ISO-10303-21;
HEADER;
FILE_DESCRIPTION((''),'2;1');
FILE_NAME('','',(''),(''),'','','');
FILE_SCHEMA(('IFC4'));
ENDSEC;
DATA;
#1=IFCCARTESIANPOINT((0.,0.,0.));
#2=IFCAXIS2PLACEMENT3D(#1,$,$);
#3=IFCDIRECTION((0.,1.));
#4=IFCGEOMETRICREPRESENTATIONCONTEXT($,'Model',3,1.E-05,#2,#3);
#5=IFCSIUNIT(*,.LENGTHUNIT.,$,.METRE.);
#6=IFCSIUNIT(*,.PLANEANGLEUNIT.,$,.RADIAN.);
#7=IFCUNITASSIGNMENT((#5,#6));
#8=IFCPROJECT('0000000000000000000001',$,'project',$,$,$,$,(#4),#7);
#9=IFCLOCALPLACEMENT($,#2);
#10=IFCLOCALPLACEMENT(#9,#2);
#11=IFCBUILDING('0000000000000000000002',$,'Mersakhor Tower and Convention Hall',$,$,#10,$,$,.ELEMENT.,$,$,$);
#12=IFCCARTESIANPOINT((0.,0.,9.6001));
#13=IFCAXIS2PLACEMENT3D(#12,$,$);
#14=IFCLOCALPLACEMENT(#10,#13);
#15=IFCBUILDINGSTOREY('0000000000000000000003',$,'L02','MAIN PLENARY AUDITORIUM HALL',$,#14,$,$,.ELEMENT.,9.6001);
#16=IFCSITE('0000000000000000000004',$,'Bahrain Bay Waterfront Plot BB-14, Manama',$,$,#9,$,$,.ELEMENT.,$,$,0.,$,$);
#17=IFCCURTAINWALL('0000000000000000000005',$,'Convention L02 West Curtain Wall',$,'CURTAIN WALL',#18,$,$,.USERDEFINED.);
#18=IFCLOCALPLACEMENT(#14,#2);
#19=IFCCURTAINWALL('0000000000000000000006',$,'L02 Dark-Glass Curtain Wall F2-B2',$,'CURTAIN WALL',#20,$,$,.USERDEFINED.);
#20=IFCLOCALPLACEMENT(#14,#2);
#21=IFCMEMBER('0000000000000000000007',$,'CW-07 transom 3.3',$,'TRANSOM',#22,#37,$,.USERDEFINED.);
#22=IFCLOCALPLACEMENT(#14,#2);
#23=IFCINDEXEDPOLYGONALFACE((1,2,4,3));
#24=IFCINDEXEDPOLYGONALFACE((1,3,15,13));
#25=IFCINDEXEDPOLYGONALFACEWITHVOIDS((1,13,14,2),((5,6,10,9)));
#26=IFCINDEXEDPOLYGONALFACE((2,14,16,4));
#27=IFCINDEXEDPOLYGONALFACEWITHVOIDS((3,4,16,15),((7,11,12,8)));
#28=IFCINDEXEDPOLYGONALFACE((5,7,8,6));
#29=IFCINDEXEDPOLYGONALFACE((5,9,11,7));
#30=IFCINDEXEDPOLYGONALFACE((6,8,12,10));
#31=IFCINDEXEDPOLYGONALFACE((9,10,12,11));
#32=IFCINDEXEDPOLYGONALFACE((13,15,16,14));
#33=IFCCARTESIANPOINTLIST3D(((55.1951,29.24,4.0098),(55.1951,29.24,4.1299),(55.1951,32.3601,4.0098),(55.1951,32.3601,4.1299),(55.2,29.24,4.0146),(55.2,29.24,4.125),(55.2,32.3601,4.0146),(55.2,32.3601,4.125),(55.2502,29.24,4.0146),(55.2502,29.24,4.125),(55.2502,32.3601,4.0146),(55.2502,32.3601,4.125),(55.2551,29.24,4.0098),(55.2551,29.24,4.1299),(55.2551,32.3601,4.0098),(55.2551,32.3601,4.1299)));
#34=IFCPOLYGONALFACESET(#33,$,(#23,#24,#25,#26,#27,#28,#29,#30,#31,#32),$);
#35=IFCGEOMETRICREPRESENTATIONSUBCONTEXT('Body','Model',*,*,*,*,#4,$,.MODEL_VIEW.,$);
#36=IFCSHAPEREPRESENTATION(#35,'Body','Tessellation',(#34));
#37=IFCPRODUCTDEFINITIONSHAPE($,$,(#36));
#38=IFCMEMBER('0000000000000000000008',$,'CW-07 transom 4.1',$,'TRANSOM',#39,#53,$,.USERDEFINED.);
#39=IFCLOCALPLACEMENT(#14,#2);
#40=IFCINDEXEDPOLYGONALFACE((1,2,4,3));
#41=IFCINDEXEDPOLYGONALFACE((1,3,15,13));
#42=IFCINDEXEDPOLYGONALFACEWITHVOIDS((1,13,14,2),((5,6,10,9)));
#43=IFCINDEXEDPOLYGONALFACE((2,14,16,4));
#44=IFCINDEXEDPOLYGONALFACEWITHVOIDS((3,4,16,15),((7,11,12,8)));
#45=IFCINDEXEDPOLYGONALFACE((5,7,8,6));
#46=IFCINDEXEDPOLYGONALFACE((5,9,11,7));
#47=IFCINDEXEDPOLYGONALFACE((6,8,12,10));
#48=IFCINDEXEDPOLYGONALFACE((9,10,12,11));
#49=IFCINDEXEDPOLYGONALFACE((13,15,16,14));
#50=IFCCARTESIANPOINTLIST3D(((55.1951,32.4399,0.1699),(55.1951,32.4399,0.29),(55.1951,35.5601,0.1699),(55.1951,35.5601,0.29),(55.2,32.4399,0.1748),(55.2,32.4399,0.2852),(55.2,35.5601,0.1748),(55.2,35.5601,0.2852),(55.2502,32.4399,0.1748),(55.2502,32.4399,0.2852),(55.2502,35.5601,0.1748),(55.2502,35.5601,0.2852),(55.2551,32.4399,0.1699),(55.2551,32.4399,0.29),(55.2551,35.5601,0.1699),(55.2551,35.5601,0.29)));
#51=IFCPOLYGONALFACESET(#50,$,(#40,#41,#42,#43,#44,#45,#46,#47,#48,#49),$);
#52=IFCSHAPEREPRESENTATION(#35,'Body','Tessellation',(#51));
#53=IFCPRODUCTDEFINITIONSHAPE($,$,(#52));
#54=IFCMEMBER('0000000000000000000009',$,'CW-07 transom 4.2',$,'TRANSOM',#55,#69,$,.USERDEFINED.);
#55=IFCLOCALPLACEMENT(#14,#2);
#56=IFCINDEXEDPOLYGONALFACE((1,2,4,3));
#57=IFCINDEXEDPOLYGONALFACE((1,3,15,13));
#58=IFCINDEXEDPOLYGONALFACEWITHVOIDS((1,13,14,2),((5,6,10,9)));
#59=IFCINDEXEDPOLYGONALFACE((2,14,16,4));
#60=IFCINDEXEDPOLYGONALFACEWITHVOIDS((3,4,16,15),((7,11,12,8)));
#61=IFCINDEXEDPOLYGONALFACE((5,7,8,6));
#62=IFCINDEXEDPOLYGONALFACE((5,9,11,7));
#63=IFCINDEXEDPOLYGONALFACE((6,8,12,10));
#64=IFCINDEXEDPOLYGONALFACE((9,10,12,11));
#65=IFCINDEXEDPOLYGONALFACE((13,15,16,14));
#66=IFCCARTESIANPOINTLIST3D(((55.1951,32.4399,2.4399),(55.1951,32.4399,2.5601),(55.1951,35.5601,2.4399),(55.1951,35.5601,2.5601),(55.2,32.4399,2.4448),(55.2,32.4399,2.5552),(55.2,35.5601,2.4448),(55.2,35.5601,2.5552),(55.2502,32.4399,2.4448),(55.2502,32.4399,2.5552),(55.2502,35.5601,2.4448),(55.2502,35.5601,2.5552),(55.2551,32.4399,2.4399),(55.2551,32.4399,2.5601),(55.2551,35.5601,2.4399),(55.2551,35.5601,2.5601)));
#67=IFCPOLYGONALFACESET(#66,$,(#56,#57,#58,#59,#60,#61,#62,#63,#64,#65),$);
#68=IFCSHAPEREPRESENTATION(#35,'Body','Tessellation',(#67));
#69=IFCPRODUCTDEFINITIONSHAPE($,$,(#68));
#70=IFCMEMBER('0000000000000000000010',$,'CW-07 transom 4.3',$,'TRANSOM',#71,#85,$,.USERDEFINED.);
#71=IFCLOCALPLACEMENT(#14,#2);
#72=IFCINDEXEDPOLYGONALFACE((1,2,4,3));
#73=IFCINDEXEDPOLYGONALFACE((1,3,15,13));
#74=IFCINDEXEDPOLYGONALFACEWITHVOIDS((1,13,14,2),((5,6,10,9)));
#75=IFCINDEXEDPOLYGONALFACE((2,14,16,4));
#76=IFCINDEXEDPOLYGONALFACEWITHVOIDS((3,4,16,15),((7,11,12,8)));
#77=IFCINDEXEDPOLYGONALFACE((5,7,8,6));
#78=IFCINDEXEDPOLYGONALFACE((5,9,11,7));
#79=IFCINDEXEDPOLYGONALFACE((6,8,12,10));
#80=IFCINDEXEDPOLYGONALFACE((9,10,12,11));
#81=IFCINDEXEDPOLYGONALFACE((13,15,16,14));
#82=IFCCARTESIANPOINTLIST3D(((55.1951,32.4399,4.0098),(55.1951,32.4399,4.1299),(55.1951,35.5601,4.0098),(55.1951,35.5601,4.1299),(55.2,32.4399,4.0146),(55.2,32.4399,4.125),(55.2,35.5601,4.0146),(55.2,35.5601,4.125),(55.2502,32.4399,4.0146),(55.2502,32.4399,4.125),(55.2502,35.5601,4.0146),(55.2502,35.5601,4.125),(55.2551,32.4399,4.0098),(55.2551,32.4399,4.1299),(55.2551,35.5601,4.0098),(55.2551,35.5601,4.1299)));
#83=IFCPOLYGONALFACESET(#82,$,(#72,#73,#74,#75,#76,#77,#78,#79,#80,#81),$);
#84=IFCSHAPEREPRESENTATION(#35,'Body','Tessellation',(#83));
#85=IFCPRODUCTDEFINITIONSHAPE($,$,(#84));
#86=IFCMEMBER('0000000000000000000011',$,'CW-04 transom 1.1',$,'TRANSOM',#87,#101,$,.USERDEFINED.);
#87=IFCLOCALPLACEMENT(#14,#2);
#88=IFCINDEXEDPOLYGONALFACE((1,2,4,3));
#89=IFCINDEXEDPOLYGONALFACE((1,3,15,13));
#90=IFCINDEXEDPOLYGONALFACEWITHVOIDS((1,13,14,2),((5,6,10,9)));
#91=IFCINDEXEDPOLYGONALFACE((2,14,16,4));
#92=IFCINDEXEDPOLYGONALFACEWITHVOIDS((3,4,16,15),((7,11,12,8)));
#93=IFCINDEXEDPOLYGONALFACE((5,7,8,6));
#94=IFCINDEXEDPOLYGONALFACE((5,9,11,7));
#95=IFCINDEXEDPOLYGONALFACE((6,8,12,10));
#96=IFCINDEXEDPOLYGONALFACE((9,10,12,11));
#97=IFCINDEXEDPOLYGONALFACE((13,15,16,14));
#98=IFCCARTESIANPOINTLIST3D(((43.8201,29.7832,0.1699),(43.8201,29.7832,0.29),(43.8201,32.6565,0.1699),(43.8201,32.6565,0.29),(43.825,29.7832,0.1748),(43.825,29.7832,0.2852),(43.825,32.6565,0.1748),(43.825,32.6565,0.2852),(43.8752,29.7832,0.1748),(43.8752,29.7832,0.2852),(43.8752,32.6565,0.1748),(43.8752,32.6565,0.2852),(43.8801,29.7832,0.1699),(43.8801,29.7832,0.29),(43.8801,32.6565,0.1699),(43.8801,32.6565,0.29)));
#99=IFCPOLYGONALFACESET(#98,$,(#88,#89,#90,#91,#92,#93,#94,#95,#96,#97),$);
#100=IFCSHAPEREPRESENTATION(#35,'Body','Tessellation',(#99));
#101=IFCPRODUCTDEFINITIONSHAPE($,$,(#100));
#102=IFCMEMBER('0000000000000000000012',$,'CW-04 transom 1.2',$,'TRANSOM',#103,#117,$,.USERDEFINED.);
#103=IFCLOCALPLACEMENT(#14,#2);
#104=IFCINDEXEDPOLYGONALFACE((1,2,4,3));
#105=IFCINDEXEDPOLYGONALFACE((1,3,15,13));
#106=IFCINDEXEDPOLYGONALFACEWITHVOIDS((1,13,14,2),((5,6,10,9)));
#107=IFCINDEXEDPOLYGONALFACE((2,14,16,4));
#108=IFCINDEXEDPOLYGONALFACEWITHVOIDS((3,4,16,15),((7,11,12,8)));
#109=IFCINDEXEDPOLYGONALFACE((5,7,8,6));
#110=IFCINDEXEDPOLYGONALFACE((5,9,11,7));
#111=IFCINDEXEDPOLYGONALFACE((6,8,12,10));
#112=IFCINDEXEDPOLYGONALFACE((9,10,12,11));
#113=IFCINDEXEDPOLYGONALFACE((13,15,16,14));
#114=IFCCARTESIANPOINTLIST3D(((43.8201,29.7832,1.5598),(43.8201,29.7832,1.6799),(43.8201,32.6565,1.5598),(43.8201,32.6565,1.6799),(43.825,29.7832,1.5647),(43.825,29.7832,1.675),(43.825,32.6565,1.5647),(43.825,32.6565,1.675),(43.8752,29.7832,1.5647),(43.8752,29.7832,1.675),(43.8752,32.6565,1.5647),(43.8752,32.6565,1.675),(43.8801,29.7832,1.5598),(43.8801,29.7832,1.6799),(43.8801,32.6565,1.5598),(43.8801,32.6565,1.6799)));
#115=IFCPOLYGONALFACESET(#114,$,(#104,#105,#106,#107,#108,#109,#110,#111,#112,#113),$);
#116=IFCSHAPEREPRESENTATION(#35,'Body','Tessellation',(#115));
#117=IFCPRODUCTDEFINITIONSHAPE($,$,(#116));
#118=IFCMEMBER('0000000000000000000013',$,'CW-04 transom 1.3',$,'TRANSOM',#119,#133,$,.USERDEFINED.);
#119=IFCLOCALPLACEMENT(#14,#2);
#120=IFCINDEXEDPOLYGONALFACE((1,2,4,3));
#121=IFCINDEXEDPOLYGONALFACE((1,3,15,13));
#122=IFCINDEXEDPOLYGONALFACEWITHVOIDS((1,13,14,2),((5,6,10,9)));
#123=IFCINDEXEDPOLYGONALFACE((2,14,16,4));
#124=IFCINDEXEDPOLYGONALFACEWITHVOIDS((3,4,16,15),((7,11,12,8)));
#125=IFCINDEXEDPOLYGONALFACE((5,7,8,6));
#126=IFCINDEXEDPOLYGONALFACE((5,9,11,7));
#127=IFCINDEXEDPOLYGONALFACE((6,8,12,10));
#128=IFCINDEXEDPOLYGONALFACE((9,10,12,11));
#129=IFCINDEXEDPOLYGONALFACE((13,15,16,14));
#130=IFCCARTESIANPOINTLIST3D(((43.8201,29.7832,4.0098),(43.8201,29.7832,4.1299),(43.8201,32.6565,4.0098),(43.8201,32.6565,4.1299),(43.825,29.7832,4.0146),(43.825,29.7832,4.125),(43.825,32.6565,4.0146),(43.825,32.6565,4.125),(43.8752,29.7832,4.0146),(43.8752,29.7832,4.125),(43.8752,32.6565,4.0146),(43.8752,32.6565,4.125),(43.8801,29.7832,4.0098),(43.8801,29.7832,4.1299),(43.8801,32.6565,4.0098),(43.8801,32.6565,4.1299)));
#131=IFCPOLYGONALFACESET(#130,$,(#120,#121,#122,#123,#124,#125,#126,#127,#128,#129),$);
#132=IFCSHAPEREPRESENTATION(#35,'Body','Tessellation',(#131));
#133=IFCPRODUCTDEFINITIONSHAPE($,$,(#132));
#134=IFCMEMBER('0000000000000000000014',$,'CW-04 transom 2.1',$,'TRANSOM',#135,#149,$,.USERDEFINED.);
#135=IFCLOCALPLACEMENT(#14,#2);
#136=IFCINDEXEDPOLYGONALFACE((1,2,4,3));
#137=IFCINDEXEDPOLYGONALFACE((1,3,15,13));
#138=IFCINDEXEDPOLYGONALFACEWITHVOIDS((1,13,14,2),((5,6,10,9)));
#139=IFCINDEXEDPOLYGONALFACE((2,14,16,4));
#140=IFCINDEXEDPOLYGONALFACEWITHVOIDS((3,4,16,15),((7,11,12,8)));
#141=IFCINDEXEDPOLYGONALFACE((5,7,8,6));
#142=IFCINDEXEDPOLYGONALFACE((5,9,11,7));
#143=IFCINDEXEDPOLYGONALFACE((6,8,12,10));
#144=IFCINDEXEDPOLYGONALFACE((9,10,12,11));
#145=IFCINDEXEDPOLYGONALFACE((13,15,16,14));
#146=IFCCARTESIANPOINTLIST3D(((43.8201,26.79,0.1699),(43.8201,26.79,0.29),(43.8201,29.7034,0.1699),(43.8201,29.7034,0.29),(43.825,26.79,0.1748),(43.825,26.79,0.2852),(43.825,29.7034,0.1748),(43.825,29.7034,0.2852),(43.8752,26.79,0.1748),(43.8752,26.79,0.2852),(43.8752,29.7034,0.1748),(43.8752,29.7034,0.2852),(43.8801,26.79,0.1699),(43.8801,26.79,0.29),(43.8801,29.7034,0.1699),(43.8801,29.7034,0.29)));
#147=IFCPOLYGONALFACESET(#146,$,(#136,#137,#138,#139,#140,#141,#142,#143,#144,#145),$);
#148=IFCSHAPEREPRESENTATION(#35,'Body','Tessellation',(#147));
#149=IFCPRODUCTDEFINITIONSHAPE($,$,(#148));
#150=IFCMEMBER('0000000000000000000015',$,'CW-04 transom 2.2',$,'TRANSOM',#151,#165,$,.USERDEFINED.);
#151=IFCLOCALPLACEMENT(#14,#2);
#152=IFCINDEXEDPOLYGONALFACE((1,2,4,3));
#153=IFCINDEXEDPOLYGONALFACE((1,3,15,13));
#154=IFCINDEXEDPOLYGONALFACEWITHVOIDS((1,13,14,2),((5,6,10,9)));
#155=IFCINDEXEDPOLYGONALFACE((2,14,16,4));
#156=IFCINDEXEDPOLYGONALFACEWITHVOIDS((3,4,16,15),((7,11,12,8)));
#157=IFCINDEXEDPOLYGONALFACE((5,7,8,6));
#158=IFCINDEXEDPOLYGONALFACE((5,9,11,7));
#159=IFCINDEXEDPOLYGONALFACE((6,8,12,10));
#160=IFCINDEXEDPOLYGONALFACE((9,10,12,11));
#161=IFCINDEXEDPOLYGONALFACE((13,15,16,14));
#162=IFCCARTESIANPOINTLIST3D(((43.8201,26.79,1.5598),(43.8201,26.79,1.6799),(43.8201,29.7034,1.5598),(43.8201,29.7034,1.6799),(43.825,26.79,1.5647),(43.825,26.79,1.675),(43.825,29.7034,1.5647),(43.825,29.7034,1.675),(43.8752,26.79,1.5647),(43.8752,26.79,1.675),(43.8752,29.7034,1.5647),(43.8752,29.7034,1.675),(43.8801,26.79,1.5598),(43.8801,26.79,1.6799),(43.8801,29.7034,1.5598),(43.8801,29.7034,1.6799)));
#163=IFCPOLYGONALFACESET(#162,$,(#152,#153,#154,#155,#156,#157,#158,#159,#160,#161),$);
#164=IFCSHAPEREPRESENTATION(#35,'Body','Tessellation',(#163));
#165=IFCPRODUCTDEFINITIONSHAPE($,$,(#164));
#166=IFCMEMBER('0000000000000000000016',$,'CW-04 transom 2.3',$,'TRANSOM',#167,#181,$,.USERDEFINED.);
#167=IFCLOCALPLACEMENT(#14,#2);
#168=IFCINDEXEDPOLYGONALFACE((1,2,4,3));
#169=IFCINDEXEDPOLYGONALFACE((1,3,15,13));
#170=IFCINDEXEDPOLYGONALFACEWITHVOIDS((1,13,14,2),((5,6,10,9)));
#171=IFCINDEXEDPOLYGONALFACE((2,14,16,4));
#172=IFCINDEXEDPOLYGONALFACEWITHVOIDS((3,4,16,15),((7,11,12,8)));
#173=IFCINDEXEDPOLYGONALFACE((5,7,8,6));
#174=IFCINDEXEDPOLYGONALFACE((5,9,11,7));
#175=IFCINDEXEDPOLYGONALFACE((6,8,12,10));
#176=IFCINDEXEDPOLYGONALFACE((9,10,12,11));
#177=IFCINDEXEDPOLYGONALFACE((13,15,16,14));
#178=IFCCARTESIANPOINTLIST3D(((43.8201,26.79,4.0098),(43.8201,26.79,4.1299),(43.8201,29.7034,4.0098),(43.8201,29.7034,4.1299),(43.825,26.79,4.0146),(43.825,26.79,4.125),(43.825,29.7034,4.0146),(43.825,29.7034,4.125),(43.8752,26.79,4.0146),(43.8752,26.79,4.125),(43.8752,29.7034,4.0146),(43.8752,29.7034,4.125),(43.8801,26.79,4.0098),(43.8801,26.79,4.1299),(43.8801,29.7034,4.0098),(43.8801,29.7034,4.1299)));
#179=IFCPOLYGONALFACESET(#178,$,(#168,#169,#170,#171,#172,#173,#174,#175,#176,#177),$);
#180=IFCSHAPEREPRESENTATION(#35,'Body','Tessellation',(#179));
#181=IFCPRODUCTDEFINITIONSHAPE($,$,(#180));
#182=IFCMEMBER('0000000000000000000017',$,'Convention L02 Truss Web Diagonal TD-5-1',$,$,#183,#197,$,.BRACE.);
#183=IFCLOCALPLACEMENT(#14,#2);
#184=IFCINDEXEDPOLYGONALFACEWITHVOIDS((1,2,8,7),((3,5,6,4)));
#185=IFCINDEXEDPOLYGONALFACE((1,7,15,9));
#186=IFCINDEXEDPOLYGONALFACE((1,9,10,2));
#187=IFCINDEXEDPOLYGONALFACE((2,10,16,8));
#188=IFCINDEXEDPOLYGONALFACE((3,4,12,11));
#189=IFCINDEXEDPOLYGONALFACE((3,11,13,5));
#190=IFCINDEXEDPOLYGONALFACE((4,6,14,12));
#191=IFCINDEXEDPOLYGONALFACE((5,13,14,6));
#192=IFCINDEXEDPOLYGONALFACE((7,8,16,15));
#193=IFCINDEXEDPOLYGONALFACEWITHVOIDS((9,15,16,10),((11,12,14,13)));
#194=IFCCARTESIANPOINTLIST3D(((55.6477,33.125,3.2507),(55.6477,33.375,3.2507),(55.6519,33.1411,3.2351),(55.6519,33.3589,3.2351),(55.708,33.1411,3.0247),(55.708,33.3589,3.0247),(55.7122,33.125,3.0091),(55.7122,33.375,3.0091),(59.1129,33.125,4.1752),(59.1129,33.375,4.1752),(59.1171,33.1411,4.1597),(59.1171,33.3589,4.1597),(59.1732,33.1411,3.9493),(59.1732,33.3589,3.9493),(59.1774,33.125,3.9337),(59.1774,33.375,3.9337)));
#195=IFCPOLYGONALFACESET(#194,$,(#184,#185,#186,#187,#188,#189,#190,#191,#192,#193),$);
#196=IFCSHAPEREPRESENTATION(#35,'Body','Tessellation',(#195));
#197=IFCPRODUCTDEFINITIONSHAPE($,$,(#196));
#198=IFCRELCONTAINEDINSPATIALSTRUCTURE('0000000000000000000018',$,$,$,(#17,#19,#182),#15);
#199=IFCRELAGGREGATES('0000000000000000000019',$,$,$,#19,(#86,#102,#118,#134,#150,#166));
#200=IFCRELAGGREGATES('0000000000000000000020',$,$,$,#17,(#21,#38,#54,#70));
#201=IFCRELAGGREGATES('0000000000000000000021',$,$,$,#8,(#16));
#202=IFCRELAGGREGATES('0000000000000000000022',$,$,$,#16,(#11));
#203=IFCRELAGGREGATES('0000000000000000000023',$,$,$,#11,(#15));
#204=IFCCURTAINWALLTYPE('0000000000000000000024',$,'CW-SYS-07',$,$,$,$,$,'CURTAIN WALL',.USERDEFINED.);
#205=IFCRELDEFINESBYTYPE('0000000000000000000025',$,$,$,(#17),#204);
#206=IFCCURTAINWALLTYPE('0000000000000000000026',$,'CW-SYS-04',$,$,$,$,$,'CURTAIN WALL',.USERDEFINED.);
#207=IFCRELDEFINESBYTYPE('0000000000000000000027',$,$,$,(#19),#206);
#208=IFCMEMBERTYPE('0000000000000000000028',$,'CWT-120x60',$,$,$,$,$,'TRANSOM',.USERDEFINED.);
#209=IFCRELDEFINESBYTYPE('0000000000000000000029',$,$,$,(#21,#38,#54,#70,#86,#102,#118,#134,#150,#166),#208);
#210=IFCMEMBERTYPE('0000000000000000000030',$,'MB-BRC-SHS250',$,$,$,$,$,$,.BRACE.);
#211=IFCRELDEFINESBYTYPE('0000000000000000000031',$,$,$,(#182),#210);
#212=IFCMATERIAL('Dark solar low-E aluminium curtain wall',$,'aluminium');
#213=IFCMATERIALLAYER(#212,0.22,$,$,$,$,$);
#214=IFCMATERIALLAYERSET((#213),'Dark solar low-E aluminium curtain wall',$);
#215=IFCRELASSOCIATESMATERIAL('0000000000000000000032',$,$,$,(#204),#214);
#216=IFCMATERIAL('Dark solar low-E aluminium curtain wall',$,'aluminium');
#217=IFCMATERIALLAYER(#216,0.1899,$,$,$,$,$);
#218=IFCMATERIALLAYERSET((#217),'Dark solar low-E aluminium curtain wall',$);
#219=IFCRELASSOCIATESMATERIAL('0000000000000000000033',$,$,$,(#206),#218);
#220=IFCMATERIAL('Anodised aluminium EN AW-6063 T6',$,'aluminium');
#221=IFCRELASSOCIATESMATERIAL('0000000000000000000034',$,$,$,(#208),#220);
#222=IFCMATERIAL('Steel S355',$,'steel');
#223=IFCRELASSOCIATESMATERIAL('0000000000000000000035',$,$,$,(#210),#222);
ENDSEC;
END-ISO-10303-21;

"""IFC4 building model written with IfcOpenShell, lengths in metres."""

from ifc_helpers import new_model, si_unit, direction, frame, origin, origin_2d, place, context, subcontext, project, spatial, hollow_rectangle, extrude, material, layer, layer_set, material_profile, profile_set, type_object, element, aggregate, save


model = new_model("IFC4")

# Units and contexts
model_context = context("Model", 3, precision=1e-05, world=origin(), true_north=direction((0.0, 1.0)))
body_context = subcontext(model_context, "Body", "Model", "MODEL_VIEW")
ifc_project = project(units=[si_unit("LENGTHUNIT", "METRE"), si_unit("PLANEANGLEUNIT", "RADIAN")], contexts=[model_context])

# Site, building, storey
site_placement = place(None, origin())
site = spatial("IfcSite", under=ifc_project, at=site_placement, Name="Bahrain Bay Waterfront Plot BB-14, Manama", CompositionType="ELEMENT", RefElevation=0.0)
building_placement = place(site_placement, origin())
building = spatial("IfcBuilding", under=site, at=building_placement, Name="Mersakhor Tower and Convention Hall", CompositionType="ELEMENT")
storey_placement = place(building_placement, frame((0.0, 0.0, 9.6001)))
storey = spatial("IfcBuildingStorey", under=building, at=storey_placement, Name="L02", Description="MAIN PLENARY AUDITORIUM HALL", CompositionType="ELEMENT", Elevation=9.6001)

# Curtain walls
ifc_material_1 = material(Name="Dark solar low-E aluminium curtain wall", Category="aluminium")
ifc_layer_1 = layer(ifc_material_1, 0.22)
ifc_layer_set_1 = layer_set([ifc_layer_1], Name="Dark solar low-E aluminium curtain wall")
curtain_wall_type_1 = type_object("IfcCurtainWallType", Name="CW-SYS-07", ElementType="CURTAIN WALL", PredefinedType="USERDEFINED", material=ifc_layer_set_1)
curtain_wall_1_placement = place(storey_placement, origin())
curtain_wall_1 = element("IfcCurtainWall", 1, at=curtain_wall_1_placement, inside=storey, type_object=curtain_wall_type_1, Name="Convention L02 West Curtain Wall", ObjectType="CURTAIN WALL", PredefinedType="USERDEFINED")
ifc_material_2 = material(Name="Dark solar low-E aluminium curtain wall", Category="aluminium")
ifc_layer_2 = layer(ifc_material_2, 0.1899)
ifc_layer_set_2 = layer_set([ifc_layer_2], Name="Dark solar low-E aluminium curtain wall")
curtain_wall_type_2 = type_object("IfcCurtainWallType", Name="CW-SYS-04", ElementType="CURTAIN WALL", PredefinedType="USERDEFINED", material=ifc_layer_set_2)
curtain_wall_2_placement = place(storey_placement, origin())
curtain_wall_2 = element("IfcCurtainWall", 2, at=curtain_wall_2_placement, inside=storey, type_object=curtain_wall_type_2, Name="L02 Dark-Glass Curtain Wall F2-B2", ObjectType="CURTAIN WALL", PredefinedType="USERDEFINED")

# Members
ifc_material_3 = material(Name="Anodised aluminium EN AW-6063 T6", Category="aluminium")
ifc_material_profile_1 = material_profile(ifc_material_3, hollow_rectangle(XDim=0.0601, YDim=0.1201, WallThickness=0.0049, at=origin_2d()), Name="RHS 120x60x5")
ifc_profile_set_1 = profile_set([ifc_material_profile_1], Name="Anodised aluminium EN AW-6063 T6")
member_type_1 = type_object("IfcMemberType", Name="CWT-120x60", ElementType="TRANSOM", PredefinedType="USERDEFINED", material=ifc_profile_set_1)
member_1_placement = place(storey_placement, frame((55.2251, 29.24, 4.0698), z_axis=(0.0, 1.0, 0.0), x_axis=(-1.0, 0.0, 0.0)))
member_1 = element("IfcMember", 3, at=member_1_placement, type_object=member_type_1, Name="CW-07 transom 3.3", ObjectType="TRANSOM", PredefinedType="USERDEFINED", context=body_context, shape_type="SweptSolid", body=[
    extrude(hollow_rectangle(XDim=0.0601, YDim=0.1201, WallThickness=0.0049, at=origin_2d()), origin(), (0.0, 0.0, 1.0), 3.1201),
])
member_2_placement = place(storey_placement, frame((55.2251, 32.4399, 0.23), z_axis=(0.0, 1.0, 0.0), x_axis=(-1.0, 0.0, 0.0)))
member_2 = element("IfcMember", 4, at=member_2_placement, type_object=member_type_1, Name="CW-07 transom 4.1", ObjectType="TRANSOM", PredefinedType="USERDEFINED", context=body_context, shape_type="SweptSolid", body=[
    extrude(hollow_rectangle(XDim=0.0601, YDim=0.1201, WallThickness=0.0049, at=origin_2d()), origin(), (0.0, 0.0, 1.0), 3.1201),
])
member_3_placement = place(storey_placement, frame((55.2251, 32.4399, 2.5), z_axis=(0.0, 1.0, 0.0), x_axis=(-1.0, 0.0, 0.0)))
member_3 = element("IfcMember", 5, at=member_3_placement, type_object=member_type_1, Name="CW-07 transom 4.2", ObjectType="TRANSOM", PredefinedType="USERDEFINED", context=body_context, shape_type="SweptSolid", body=[
    extrude(hollow_rectangle(XDim=0.0601, YDim=0.1201, WallThickness=0.0049, at=origin_2d()), origin(), (0.0, 0.0, 1.0), 3.1201),
])
member_4_placement = place(storey_placement, frame((55.2251, 32.4399, 4.0698), z_axis=(0.0, 1.0, 0.0), x_axis=(-1.0, 0.0, 0.0)))
member_4 = element("IfcMember", 6, at=member_4_placement, type_object=member_type_1, Name="CW-07 transom 4.3", ObjectType="TRANSOM", PredefinedType="USERDEFINED", context=body_context, shape_type="SweptSolid", body=[
    extrude(hollow_rectangle(XDim=0.0601, YDim=0.1201, WallThickness=0.0049, at=origin_2d()), origin(), (0.0, 0.0, 1.0), 3.1201),
])
member_5_placement = place(storey_placement, frame((43.8501, 32.6565, 0.23), z_axis=(0.0, -1.0, 0.0), x_axis=(1.0, 0.0, 0.0)))
member_5 = element("IfcMember", 7, at=member_5_placement, type_object=member_type_1, Name="CW-04 transom 1.1", ObjectType="TRANSOM", PredefinedType="USERDEFINED", context=body_context, shape_type="SweptSolid", body=[
    extrude(hollow_rectangle(XDim=0.0601, YDim=0.1201, WallThickness=0.0049, at=origin_2d()), origin(), (0.0, 0.0, 1.0), 2.8733),
])
member_6_placement = place(storey_placement, frame((43.8501, 32.6565, 1.6199), z_axis=(0.0, -1.0, 0.0), x_axis=(1.0, 0.0, 0.0)))
member_6 = element("IfcMember", 8, at=member_6_placement, type_object=member_type_1, Name="CW-04 transom 1.2", ObjectType="TRANSOM", PredefinedType="USERDEFINED", context=body_context, shape_type="SweptSolid", body=[
    extrude(hollow_rectangle(XDim=0.0601, YDim=0.1201, WallThickness=0.0049, at=origin_2d()), origin(), (0.0, 0.0, 1.0), 2.8733),
])
member_7_placement = place(storey_placement, frame((43.8501, 32.6565, 4.0698), z_axis=(0.0, -1.0, 0.0), x_axis=(1.0, 0.0, 0.0)))
member_7 = element("IfcMember", 9, at=member_7_placement, type_object=member_type_1, Name="CW-04 transom 1.3", ObjectType="TRANSOM", PredefinedType="USERDEFINED", context=body_context, shape_type="SweptSolid", body=[
    extrude(hollow_rectangle(XDim=0.0601, YDim=0.1201, WallThickness=0.0049, at=origin_2d()), origin(), (0.0, 0.0, 1.0), 2.8733),
])
member_8_placement = place(storey_placement, frame((43.8501, 29.7034, 0.23), z_axis=(0.0, -1.0, 0.0), x_axis=(1.0, 0.0, 0.0)))
member_8 = element("IfcMember", 10, at=member_8_placement, type_object=member_type_1, Name="CW-04 transom 2.1", ObjectType="TRANSOM", PredefinedType="USERDEFINED", context=body_context, shape_type="SweptSolid", body=[
    extrude(hollow_rectangle(XDim=0.0601, YDim=0.1201, WallThickness=0.0049, at=origin_2d()), origin(), (0.0, 0.0, 1.0), 2.9133),
])
member_9_placement = place(storey_placement, frame((43.8501, 29.7034, 1.6199), z_axis=(0.0, -1.0, 0.0), x_axis=(1.0, 0.0, 0.0)))
member_9 = element("IfcMember", 11, at=member_9_placement, type_object=member_type_1, Name="CW-04 transom 2.2", ObjectType="TRANSOM", PredefinedType="USERDEFINED", context=body_context, shape_type="SweptSolid", body=[
    extrude(hollow_rectangle(XDim=0.0601, YDim=0.1201, WallThickness=0.0049, at=origin_2d()), origin(), (0.0, 0.0, 1.0), 2.9133),
])
member_10_placement = place(storey_placement, frame((43.8501, 29.7034, 4.0698), z_axis=(0.0, -1.0, 0.0), x_axis=(1.0, 0.0, 0.0)))
member_10 = element("IfcMember", 12, at=member_10_placement, type_object=member_type_1, Name="CW-04 transom 2.3", ObjectType="TRANSOM", PredefinedType="USERDEFINED", context=body_context, shape_type="SweptSolid", body=[
    extrude(hollow_rectangle(XDim=0.0601, YDim=0.1201, WallThickness=0.0049, at=origin_2d()), origin(), (0.0, 0.0, 1.0), 2.9133),
])

# Member
ifc_material_4 = material(Name="Steel S355", Category="steel")
ifc_material_profile_2 = material_profile(ifc_material_4, hollow_rectangle(XDim=0.25, YDim=0.25, WallThickness=0.0161, at=origin_2d()), Name="SHS 250x250x16")
ifc_profile_set_2 = profile_set([ifc_material_profile_2], Name="Steel S355")
member_type_2 = type_object("IfcMemberType", Name="MB-BRC-SHS250", PredefinedType="BRACE", material=ifc_profile_set_2)
member_11_placement = place(storey_placement, frame((55.6799, 33.25, 3.1299), z_axis=(0.966198, 0.0, 0.257802), x_axis=(0.0, 1.0, 0.0)))
element("IfcMember", 13, at=member_11_placement, inside=storey, type_object=member_type_2, Name="Convention L02 Truss Web Diagonal TD-5-1", PredefinedType="BRACE", context=body_context, shape_type="SweptSolid", body=[
    extrude(hollow_rectangle(XDim=0.25, YDim=0.25, WallThickness=0.0161, at=origin_2d()), origin(), (0.0, 0.0, 1.0), 3.5864),
])

aggregate(curtain_wall_2, [member_5, member_6, member_7, member_8, member_9, member_10])
aggregate(curtain_wall_1, [member_1, member_2, member_3, member_4])

save(model, "model.ifc")
